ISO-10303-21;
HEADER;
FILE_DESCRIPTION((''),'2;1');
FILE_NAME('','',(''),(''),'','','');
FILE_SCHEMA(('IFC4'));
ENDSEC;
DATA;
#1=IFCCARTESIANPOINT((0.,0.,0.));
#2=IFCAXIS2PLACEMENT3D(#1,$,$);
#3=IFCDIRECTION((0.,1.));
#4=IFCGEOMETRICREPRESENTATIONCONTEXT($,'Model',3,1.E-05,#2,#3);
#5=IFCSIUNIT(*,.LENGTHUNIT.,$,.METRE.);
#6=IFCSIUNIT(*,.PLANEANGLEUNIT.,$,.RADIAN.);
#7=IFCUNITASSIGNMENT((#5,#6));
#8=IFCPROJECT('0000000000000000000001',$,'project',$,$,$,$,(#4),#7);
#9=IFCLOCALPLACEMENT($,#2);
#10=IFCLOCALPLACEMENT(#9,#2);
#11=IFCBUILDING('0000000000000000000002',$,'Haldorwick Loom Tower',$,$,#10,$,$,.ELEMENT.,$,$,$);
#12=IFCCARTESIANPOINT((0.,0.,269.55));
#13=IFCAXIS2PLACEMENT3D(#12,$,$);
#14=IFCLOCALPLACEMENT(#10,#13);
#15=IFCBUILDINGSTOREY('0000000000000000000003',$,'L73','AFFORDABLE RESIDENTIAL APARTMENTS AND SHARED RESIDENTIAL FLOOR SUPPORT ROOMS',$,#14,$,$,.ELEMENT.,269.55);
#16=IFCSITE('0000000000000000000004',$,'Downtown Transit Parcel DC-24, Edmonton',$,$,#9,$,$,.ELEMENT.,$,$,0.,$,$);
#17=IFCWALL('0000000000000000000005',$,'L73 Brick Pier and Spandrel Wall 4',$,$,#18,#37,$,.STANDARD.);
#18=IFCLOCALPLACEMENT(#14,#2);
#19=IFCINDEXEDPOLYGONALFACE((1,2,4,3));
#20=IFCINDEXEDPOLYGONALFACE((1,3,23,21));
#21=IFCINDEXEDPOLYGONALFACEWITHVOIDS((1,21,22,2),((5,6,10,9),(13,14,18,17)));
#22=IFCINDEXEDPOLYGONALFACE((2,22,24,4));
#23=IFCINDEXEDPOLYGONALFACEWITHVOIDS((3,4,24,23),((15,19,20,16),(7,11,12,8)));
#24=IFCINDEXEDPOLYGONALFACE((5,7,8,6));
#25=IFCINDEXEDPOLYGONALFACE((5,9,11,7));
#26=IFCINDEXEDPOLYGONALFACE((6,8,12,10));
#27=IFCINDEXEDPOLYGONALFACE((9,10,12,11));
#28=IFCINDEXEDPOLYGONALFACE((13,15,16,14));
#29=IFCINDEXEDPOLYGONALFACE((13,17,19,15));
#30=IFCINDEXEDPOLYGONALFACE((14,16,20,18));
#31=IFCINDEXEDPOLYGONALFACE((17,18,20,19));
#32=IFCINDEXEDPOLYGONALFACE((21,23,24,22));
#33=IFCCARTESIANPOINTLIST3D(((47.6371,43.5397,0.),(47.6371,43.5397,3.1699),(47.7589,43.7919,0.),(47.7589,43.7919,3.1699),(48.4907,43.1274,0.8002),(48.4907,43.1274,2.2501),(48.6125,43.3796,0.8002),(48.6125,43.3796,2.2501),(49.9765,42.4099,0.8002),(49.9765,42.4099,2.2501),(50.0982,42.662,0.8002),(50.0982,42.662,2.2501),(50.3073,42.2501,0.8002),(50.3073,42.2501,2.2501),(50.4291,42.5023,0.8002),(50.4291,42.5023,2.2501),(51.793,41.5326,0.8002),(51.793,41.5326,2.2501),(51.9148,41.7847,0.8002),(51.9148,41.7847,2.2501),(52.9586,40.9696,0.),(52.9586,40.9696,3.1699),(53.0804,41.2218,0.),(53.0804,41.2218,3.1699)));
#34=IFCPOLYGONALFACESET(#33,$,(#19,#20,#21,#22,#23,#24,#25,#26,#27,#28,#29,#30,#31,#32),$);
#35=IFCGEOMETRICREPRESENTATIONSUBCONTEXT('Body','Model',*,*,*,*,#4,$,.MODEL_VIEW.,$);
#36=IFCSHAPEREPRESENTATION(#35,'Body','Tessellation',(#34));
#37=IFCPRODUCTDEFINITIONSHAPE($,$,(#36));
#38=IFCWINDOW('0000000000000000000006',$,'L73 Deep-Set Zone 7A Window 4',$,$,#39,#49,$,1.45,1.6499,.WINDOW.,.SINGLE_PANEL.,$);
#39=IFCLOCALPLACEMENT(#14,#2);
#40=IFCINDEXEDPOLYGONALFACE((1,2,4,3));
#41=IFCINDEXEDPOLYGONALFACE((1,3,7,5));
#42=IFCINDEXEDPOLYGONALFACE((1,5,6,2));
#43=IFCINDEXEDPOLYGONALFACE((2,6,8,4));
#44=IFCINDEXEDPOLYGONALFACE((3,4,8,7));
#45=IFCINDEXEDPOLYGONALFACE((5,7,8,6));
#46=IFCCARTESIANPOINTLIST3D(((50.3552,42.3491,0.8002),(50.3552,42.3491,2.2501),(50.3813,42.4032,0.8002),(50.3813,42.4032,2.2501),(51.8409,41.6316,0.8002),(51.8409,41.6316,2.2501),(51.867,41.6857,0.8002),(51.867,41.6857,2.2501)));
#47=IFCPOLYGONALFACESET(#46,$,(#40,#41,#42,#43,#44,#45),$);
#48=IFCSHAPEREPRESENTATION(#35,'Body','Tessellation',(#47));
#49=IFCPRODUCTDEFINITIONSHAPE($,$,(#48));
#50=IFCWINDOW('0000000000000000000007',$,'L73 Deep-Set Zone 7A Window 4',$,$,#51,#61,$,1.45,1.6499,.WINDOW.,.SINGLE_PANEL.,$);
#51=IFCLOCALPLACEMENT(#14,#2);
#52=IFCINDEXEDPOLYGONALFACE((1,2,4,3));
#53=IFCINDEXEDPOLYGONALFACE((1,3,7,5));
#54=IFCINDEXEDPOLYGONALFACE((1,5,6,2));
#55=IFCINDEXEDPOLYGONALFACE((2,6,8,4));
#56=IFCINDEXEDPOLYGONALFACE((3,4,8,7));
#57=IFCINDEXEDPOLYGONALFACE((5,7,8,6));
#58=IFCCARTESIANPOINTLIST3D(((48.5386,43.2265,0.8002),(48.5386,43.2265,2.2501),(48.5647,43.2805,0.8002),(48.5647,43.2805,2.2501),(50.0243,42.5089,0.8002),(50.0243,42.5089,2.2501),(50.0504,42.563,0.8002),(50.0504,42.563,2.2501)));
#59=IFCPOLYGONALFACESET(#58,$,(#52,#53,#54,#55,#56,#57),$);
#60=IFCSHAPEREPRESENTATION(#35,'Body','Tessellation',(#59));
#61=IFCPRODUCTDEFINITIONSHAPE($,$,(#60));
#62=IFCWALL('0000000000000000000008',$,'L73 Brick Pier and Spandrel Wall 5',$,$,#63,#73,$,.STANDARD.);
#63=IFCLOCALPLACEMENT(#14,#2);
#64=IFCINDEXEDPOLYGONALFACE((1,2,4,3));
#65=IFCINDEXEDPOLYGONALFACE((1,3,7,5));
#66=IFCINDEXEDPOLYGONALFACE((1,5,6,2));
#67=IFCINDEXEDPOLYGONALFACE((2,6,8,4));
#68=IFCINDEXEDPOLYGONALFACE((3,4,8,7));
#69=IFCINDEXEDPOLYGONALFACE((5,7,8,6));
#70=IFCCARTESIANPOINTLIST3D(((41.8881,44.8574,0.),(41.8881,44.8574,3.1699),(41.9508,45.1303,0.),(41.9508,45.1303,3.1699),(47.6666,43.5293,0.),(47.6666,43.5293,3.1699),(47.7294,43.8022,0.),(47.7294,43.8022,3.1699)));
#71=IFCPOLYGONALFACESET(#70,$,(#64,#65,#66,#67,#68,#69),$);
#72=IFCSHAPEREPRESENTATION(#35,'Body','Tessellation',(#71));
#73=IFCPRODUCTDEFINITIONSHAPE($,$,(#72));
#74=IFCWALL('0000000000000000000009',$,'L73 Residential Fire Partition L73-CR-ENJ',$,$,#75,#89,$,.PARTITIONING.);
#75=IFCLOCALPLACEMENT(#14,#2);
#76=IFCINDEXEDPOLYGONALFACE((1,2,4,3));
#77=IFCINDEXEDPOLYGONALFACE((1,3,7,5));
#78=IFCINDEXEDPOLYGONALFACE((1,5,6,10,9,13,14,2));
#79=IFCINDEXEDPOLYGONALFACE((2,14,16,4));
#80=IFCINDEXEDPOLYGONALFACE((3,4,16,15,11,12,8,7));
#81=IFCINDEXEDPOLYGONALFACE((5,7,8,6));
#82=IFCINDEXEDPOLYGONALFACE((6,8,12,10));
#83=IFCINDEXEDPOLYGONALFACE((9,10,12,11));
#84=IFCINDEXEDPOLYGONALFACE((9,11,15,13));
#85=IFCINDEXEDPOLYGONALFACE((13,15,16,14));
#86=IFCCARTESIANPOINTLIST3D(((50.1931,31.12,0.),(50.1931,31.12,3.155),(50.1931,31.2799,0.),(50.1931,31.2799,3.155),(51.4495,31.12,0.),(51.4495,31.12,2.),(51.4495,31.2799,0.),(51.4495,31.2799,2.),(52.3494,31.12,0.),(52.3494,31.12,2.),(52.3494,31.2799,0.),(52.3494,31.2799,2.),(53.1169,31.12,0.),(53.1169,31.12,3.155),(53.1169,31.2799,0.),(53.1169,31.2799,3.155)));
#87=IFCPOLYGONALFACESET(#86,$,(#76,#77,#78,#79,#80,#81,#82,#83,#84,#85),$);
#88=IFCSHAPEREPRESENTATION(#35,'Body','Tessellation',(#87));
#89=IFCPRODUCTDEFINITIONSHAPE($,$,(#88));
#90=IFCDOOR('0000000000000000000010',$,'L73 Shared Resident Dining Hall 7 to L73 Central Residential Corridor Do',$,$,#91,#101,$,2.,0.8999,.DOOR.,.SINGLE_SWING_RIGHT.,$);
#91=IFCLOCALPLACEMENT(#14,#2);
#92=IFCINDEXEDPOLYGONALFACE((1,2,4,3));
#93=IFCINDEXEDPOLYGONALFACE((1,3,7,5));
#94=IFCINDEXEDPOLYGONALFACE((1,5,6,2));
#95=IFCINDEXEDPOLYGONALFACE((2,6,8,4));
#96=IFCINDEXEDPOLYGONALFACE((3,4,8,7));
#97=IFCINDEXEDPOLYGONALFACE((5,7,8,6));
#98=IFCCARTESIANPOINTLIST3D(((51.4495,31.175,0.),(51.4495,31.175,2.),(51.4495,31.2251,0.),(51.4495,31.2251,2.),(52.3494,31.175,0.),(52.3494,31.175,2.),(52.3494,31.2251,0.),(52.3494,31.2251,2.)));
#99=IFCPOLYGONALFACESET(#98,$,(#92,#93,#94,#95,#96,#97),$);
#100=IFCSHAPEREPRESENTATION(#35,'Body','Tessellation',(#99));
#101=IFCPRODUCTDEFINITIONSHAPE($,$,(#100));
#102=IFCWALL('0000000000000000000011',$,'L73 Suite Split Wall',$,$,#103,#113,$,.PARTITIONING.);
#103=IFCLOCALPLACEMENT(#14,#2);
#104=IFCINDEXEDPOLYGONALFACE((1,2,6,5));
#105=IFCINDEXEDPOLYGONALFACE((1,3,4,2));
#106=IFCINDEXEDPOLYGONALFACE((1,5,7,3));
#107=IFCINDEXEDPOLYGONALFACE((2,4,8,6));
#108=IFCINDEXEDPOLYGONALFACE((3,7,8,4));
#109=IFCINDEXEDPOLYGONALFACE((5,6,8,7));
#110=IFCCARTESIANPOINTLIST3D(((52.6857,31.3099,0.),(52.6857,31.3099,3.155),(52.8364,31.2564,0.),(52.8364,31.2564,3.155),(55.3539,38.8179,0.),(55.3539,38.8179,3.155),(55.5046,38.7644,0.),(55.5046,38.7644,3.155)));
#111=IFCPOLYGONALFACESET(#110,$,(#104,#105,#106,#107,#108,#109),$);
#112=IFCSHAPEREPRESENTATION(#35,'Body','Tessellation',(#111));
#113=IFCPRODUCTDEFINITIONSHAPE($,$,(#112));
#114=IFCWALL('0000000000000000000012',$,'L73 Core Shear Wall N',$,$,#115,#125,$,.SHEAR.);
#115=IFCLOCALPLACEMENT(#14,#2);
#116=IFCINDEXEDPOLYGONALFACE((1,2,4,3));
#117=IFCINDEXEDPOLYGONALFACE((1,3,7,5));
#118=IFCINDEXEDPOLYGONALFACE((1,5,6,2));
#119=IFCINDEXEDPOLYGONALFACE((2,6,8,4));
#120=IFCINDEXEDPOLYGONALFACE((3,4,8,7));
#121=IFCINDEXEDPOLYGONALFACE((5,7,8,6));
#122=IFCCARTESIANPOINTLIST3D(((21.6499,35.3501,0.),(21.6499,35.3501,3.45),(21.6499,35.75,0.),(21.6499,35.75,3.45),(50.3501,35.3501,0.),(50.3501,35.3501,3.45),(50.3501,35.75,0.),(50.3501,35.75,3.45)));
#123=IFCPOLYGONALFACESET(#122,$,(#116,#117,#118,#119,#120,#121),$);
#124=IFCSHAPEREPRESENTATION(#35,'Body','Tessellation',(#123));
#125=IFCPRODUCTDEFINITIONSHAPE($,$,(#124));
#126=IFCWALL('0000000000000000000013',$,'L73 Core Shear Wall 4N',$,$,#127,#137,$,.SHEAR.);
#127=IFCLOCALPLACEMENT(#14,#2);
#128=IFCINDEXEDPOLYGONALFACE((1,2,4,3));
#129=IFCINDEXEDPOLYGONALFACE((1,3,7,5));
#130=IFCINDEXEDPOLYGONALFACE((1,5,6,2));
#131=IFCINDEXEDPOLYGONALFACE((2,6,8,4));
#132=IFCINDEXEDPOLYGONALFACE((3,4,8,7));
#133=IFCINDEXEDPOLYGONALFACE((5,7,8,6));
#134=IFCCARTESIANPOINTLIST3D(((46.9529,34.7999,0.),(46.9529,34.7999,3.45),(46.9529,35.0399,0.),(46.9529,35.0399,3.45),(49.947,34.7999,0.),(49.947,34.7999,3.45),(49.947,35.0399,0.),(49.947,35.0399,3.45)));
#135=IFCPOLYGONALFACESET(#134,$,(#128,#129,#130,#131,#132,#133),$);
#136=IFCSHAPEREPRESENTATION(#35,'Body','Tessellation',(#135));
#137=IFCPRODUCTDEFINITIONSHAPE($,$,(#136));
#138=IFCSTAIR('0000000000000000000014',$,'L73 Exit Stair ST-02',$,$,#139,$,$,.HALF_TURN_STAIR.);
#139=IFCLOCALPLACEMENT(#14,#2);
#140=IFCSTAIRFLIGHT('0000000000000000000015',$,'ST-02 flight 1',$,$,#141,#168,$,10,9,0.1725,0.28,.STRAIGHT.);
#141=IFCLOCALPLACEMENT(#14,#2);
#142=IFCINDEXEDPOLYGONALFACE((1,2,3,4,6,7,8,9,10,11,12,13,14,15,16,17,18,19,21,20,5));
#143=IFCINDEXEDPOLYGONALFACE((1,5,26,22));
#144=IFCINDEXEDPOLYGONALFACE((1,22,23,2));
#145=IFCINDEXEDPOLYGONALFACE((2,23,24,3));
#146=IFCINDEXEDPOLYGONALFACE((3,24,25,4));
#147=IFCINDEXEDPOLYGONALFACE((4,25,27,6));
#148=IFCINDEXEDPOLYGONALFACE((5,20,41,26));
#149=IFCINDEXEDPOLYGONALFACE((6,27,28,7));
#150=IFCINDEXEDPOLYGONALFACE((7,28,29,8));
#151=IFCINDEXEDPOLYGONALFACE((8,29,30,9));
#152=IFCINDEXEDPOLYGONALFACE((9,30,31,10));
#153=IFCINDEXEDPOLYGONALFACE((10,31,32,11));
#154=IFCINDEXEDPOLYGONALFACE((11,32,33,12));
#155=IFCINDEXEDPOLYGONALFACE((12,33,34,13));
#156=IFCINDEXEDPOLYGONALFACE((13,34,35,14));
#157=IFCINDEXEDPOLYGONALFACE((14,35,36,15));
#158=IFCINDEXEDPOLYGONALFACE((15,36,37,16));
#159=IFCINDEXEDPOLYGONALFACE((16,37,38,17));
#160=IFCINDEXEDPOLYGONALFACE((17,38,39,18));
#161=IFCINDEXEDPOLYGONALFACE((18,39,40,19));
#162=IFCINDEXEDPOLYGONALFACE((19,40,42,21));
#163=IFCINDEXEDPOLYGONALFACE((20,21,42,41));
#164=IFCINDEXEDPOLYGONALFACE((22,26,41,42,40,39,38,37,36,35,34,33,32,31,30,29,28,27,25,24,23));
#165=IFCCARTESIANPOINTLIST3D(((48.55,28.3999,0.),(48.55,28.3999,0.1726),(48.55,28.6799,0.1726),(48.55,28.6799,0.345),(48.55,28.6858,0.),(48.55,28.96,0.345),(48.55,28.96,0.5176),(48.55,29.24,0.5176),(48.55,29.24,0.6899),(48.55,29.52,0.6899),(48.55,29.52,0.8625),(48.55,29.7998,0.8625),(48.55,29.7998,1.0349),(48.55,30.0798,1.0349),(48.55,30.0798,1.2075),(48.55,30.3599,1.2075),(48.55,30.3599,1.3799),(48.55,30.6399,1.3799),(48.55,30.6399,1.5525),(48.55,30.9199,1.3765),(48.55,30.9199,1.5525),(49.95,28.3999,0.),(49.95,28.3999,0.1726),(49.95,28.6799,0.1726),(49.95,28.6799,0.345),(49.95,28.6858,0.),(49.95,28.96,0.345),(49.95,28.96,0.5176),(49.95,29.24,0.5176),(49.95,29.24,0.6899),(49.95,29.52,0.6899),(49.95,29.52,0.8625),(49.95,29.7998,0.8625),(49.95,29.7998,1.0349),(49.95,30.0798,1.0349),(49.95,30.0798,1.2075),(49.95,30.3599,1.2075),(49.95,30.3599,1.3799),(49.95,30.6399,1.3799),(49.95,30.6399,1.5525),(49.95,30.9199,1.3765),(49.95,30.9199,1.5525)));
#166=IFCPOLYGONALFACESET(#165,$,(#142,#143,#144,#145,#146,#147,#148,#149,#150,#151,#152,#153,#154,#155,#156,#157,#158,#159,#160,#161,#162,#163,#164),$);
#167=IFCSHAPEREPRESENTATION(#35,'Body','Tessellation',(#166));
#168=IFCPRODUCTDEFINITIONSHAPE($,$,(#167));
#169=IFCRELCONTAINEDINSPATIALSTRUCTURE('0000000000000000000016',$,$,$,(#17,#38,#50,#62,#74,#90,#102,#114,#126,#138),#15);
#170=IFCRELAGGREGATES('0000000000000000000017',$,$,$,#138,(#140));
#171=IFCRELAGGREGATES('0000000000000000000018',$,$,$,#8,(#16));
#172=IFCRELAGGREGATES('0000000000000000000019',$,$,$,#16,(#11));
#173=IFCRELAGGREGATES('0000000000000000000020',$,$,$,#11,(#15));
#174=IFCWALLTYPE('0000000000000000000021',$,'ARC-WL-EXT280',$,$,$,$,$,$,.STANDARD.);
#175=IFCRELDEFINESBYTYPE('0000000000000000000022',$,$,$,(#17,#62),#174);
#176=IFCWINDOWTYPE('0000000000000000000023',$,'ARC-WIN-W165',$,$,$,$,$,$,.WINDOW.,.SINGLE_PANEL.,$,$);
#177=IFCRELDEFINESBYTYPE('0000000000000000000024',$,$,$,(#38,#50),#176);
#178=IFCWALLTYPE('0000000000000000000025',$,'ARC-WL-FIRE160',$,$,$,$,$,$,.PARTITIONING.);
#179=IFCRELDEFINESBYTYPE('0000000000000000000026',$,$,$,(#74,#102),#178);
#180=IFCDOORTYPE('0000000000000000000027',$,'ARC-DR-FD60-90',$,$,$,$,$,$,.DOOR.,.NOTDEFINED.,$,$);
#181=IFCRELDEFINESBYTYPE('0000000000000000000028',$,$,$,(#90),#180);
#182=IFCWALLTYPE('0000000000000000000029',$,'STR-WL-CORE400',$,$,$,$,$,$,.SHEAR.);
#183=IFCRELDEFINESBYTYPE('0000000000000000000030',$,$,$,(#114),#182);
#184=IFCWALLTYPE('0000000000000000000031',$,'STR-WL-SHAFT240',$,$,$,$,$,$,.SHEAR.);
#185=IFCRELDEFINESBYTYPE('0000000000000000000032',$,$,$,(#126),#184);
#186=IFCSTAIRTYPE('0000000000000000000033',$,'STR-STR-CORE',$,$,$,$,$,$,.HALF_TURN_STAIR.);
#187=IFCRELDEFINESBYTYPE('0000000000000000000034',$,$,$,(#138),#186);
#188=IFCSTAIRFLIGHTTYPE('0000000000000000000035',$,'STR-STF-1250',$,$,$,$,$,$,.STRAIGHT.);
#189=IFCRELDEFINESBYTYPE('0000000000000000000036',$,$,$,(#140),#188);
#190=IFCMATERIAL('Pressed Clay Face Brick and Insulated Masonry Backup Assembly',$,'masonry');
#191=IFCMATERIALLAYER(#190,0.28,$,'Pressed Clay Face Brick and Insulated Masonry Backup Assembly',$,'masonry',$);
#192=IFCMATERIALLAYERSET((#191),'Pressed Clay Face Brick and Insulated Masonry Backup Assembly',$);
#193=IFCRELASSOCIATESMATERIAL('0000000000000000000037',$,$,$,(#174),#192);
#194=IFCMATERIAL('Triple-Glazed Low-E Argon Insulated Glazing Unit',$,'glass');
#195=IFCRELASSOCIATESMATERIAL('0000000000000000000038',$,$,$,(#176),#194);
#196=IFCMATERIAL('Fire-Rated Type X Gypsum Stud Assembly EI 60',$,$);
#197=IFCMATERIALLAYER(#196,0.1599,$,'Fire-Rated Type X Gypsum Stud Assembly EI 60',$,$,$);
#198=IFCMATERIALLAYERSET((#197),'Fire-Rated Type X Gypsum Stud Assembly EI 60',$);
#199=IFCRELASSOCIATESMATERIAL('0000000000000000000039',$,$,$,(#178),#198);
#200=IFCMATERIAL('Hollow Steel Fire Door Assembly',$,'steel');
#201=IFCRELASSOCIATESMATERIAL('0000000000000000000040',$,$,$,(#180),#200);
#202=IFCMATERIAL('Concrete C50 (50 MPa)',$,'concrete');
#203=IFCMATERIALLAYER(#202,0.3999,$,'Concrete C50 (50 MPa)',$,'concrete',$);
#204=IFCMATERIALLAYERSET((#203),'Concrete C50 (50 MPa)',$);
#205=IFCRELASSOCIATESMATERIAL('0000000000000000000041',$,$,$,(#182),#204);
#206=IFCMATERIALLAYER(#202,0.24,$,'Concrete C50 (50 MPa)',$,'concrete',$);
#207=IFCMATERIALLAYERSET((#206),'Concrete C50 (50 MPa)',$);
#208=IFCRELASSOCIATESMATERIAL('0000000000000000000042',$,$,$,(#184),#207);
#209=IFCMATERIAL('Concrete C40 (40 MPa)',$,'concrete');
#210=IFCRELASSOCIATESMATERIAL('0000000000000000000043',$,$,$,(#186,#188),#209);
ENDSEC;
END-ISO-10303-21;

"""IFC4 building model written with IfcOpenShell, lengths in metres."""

from ifc_helpers import new_model, si_unit, direction, frame, frame_2d, origin, place, context, subcontext, project, spatial, polyline, rectangle, outline, extrude, material, layer, layer_set, type_object, element, fill, aggregate, save


model = new_model("IFC4")

# Units and contexts
model_context = context("Model", 3, precision=1e-05, world=origin(), true_north=direction((0.0, 1.0)))
body_context = subcontext(model_context, "Body", "Model", "MODEL_VIEW")
ifc_project = project(units=[si_unit("LENGTHUNIT", "METRE"), si_unit("PLANEANGLEUNIT", "RADIAN")], contexts=[model_context])

# Site, building, storey
site_placement = place(None, origin())
site = spatial("IfcSite", under=ifc_project, at=site_placement, Name="Downtown Transit Parcel DC-24, Edmonton", CompositionType="ELEMENT", RefElevation=0.0)
building_placement = place(site_placement, origin())
building = spatial("IfcBuilding", under=site, at=building_placement, Name="Haldorwick Loom Tower", CompositionType="ELEMENT")
storey_placement = place(building_placement, frame((0.0, 0.0, 269.55)))
storey = spatial("IfcBuildingStorey", under=building, at=storey_placement, Name="L73", Description="AFFORDABLE RESIDENTIAL APARTMENTS AND SHARED RESIDENTIAL FLOOR SUPPORT ROOMS", CompositionType="ELEMENT", Elevation=269.55)

# Shared definitions
ifc_material_1 = material(Name="Pressed Clay Face Brick and Insulated Masonry Backup Assembly", Category="masonry")
ifc_layer_1 = layer(ifc_material_1, 0.28, Name="Pressed Clay Face Brick and Insulated Masonry Backup Assembly", Category="masonry")
ifc_layer_set_1 = layer_set([ifc_layer_1], Name="Pressed Clay Face Brick and Insulated Masonry Backup Assembly")
wall_type_1 = type_object("IfcWallType", Name="ARC-WL-EXT280", PredefinedType="STANDARD", material=ifc_layer_set_1)

# Wall, openings, windows
wall_1_placement = place(storey_placement, frame((53.0195, 41.0957, 0.0), z_axis=(0.0, 0.0, 1.0), x_axis=(-0.900482, 0.434893, 0.0)))
wall_1 = element("IfcWall", 1, at=wall_1_placement, inside=storey, type_object=wall_type_1, Name="L73 Brick Pier and Spandrel Wall 4", PredefinedType="STANDARD", context=body_context, shape_type="SweptSolid", body=[
    extrude(rectangle(XDim=5.9097, YDim=0.28, at=frame_2d((2.9548, 0.0))), origin(), (0.0, 0.0, 1.0), 3.1699),
])
opening_1_placement = place(wall_1_placement, frame((1.2944, 0.0, 0.8)))
opening_1 = element("IfcOpeningElement", 2, at=opening_1_placement, cuts=wall_1, PredefinedType="OPENING", context=body_context, shape_type="SweptSolid", body=[
    extrude(rectangle(XDim=1.6499, YDim=1.45, at=frame_2d((0.825, 0.7251))), frame((0.0, 0.1499, 0.0), z_axis=(0.0, -1.0, 0.0), x_axis=(1.0, 0.0, 0.0)), (0.0, 0.0, 1.0), 0.3),
])
opening_2_placement = place(wall_1_placement, frame((3.3118, 0.0, 0.8)))
opening_2 = element("IfcOpeningElement", 3, at=opening_2_placement, cuts=wall_1, PredefinedType="OPENING", context=body_context, shape_type="SweptSolid", body=[
    extrude(rectangle(XDim=1.6499, YDim=1.45, at=frame_2d((0.825, 0.7251))), frame((0.0, 0.1499, 0.0), z_axis=(0.0, -1.0, 0.0), x_axis=(1.0, 0.0, 0.0)), (0.0, 0.0, 1.0), 0.3),
])
ifc_material_2 = material(Name="Triple-Glazed Low-E Argon Insulated Glazing Unit", Category="glass")
window_type = type_object("IfcWindowType", Name="ARC-WIN-W165", PartitioningType="SINGLE_PANEL", PredefinedType="WINDOW", material=ifc_material_2)
window_1_placement = place(opening_1_placement, origin())
window_1 = element("IfcWindow", 4, at=window_1_placement, inside=storey, type_object=window_type, Name="L73 Deep-Set Zone 7A Window 4", OverallHeight=1.45, OverallWidth=1.6499, PartitioningType="SINGLE_PANEL", PredefinedType="WINDOW", context=body_context, shape_type="SweptSolid", body=[
    extrude(rectangle(XDim=1.6499, YDim=1.45, at=frame_2d((0.825, 0.7251))), frame((0.0, 0.03, 0.0), z_axis=(0.0, -1.0, 0.0), x_axis=(1.0, 0.0, 0.0)), (0.0, 0.0, 1.0), 0.0601),
])
fill(opening_1, window_1)
window_2_placement = place(opening_2_placement, origin())
window_2 = element("IfcWindow", 5, at=window_2_placement, inside=storey, type_object=window_type, Name="L73 Deep-Set Zone 7A Window 4", OverallHeight=1.45, OverallWidth=1.6499, PartitioningType="SINGLE_PANEL", PredefinedType="WINDOW", context=body_context, shape_type="SweptSolid", body=[
    extrude(rectangle(XDim=1.6499, YDim=1.45, at=frame_2d((0.825, 0.7251))), frame((0.0, 0.03, 0.0), z_axis=(0.0, -1.0, 0.0), x_axis=(1.0, 0.0, 0.0)), (0.0, 0.0, 1.0), 0.0601),
])
fill(opening_2, window_2)

# Wall
wall_2_placement = place(storey_placement, frame((47.698, 43.6658, 0.0), z_axis=(0.0, 0.0, 1.0), x_axis=(-0.97459, 0.223996, 0.0)))
element("IfcWall", 6, at=wall_2_placement, inside=storey, type_object=wall_type_1, Name="L73 Brick Pier and Spandrel Wall 5", PredefinedType="STANDARD", context=body_context, shape_type="SweptSolid", body=[
    extrude(rectangle(XDim=5.9292, YDim=0.28, at=frame_2d((2.9646, 0.0))), origin(), (0.0, 0.0, 1.0), 3.1699),
])

# Wall, opening, door
ifc_material_3 = material(Name="Fire-Rated Type X Gypsum Stud Assembly EI 60")
ifc_layer_2 = layer(ifc_material_3, 0.1599, Name="Fire-Rated Type X Gypsum Stud Assembly EI 60")
ifc_layer_set_2 = layer_set([ifc_layer_2], Name="Fire-Rated Type X Gypsum Stud Assembly EI 60")
wall_type_2 = type_object("IfcWallType", Name="ARC-WL-FIRE160", PredefinedType="PARTITIONING", material=ifc_layer_set_2)
wall_3_placement = place(storey_placement, frame((50.1931, 31.2, 0.0), z_axis=(0.0, 0.0, 1.0), x_axis=(1.0, 0.0, 0.0)))
wall_3 = element("IfcWall", 7, at=wall_3_placement, inside=storey, type_object=wall_type_2, Name="L73 Residential Fire Partition L73-CR-ENJ", PredefinedType="PARTITIONING", context=body_context, shape_type="SweptSolid", body=[
    extrude(rectangle(XDim=2.9238, YDim=0.1599, at=frame_2d((1.4619, 0.0))), origin(), (0.0, 0.0, 1.0), 3.155),
])
opening_3_placement = place(wall_3_placement, frame((1.2563, 0.0, 0.0)))
opening_3 = element("IfcOpeningElement", 8, at=opening_3_placement, cuts=wall_3, PredefinedType="OPENING", context=body_context, shape_type="SweptSolid", body=[
    extrude(rectangle(XDim=0.8999, YDim=2.0, at=frame_2d((0.45, 1.0))), frame((0.0, 0.0898, 0.0), z_axis=(0.0, -1.0, 0.0), x_axis=(1.0, 0.0, 0.0)), (0.0, 0.0, 1.0), 0.1799),
])
ifc_material_4 = material(Name="Hollow Steel Fire Door Assembly", Category="steel")
door_type = type_object("IfcDoorType", Name="ARC-DR-FD60-90", OperationType="NOTDEFINED", PredefinedType="DOOR", material=ifc_material_4)
door_placement = place(opening_3_placement, frame((0.8999, 0.0, 0.0), z_axis=(0.0, 0.0, 1.0), x_axis=(-1.0, 0.0, 0.0)))
door = element("IfcDoor", 9, at=door_placement, inside=storey, type_object=door_type, Name="L73 Shared Resident Dining Hall 7 to L73 Central Residential Corridor Do", OperationType="SINGLE_SWING_RIGHT", OverallHeight=2.0, OverallWidth=0.8999, PredefinedType="DOOR", context=body_context, shape_type="SweptSolid", body=[
    extrude(rectangle(XDim=0.8999, YDim=2.0, at=frame_2d((0.45, 1.0))), frame((0.0, 0.0249, 0.0), z_axis=(0.0, -1.0, 0.0), x_axis=(1.0, 0.0, 0.0)), (0.0, 0.0, 1.0), 0.05),
])
fill(opening_3, door)

# Walls
wall_4_placement = place(storey_placement, frame((55.4292, 38.791, 0.0), z_axis=(0.0, 0.0, 1.0), x_axis=(-0.334863, -0.942267, 0.0)))
element("IfcWall", 10, at=wall_4_placement, inside=storey, type_object=wall_type_2, Name="L73 Suite Split Wall", PredefinedType="PARTITIONING", context=body_context, shape_type="SweptSolid", body=[
    extrude(rectangle(XDim=7.968, YDim=0.1599, at=frame_2d((3.9839, 0.0))), origin(), (0.0, 0.0, 1.0), 3.155),
])
ifc_material_5 = material(Name="Concrete C50 (50 MPa)", Category="concrete")
ifc_layer_3 = layer(ifc_material_5, 0.3999, Name="Concrete C50 (50 MPa)", Category="concrete")
ifc_layer_set_3 = layer_set([ifc_layer_3], Name="Concrete C50 (50 MPa)")
wall_type_3 = type_object("IfcWallType", Name="STR-WL-CORE400", PredefinedType="SHEAR", material=ifc_layer_set_3)
wall_5_placement = place(storey_placement, frame((50.3501, 35.55, 0.0), z_axis=(0.0, 0.0, 1.0), x_axis=(-1.0, 0.0, 0.0)))
element("IfcWall", 11, at=wall_5_placement, inside=storey, type_object=wall_type_3, Name="L73 Core Shear Wall N", PredefinedType="SHEAR", context=body_context, shape_type="SweptSolid", body=[
    extrude(rectangle(XDim=28.7002, YDim=0.3999, at=frame_2d((14.3501, 0.0))), origin(), (0.0, 0.0, 1.0), 3.45),
])
ifc_layer_4 = layer(ifc_material_5, 0.24, Name="Concrete C50 (50 MPa)", Category="concrete")
ifc_layer_set_4 = layer_set([ifc_layer_4], Name="Concrete C50 (50 MPa)")
wall_type_4 = type_object("IfcWallType", Name="STR-WL-SHAFT240", PredefinedType="SHEAR", material=ifc_layer_set_4)
wall_6_placement = place(storey_placement, frame((46.9529, 34.9199, 0.0), z_axis=(0.0, 0.0, 1.0), x_axis=(1.0, 0.0, 0.0)))
element("IfcWall", 12, at=wall_6_placement, inside=storey, type_object=wall_type_4, Name="L73 Core Shear Wall 4N", PredefinedType="SHEAR", context=body_context, shape_type="SweptSolid", body=[
    extrude(rectangle(XDim=2.9941, YDim=0.24, at=frame_2d((1.4971, 0.0))), origin(), (0.0, 0.0, 1.0), 3.45),
])

# Stair, stair flight
ifc_material_6 = material(Name="Concrete C40 (40 MPa)", Category="concrete")
stair_type = type_object("IfcStairType", Name="STR-STR-CORE", PredefinedType="HALF_TURN_STAIR", material=ifc_material_6)
stair_placement = place(storey_placement, origin())
stair = element("IfcStair", 13, at=stair_placement, inside=storey, type_object=stair_type, Name="L73 Exit Stair ST-02", PredefinedType="HALF_TURN_STAIR")
stair_flight_type = type_object("IfcStairFlightType", Name="STR-STF-1250", PredefinedType="STRAIGHT", material=ifc_material_6)
stair_flight_1_placement = place(storey_placement, frame((49.25, 28.3999, 0.0), z_axis=(0.0, 0.0, 1.0), x_axis=(0.0, 1.0, 0.0)))
stair_flight_1 = element("IfcStairFlight", 14, at=stair_flight_1_placement, type_object=stair_flight_type, Name="ST-02 flight 1", NumberOfRisers=10, NumberOfTreads=9, PredefinedType="STRAIGHT", RiserHeight=0.1725, TreadLength=0.28, context=body_context, shape_type="SweptSolid", body=[
    extrude(outline(polyline([(0.0, 0.0), (0.0, 0.1726), (0.28, 0.1726), (0.28, 0.345), (0.5601, 0.345), (0.5601, 0.5176), (0.8401, 0.5176), (0.8401, 0.6899), (1.1201, 0.6899), (1.1201, 0.8625), (1.3999, 0.8625), (1.3999, 1.0349), (1.6799, 1.0349), (1.6799, 1.2075), (1.96, 1.2075), (1.96, 1.3799), (2.24, 1.3799), (2.24, 1.5525), (2.52, 1.5525), (2.52, 1.7251), (2.52, 1.3765), (0.2859, 0.0), (0.0, 0.0)])), frame((0.0, 0.7, 0.0), z_axis=(0.0, -1.0, 0.0), x_axis=(1.0, 0.0, 0.0)), (0.0, 0.0, 1.0), 1.3999),
])
aggregate(stair, [stair_flight_1])

save(model, "model.ifc")
